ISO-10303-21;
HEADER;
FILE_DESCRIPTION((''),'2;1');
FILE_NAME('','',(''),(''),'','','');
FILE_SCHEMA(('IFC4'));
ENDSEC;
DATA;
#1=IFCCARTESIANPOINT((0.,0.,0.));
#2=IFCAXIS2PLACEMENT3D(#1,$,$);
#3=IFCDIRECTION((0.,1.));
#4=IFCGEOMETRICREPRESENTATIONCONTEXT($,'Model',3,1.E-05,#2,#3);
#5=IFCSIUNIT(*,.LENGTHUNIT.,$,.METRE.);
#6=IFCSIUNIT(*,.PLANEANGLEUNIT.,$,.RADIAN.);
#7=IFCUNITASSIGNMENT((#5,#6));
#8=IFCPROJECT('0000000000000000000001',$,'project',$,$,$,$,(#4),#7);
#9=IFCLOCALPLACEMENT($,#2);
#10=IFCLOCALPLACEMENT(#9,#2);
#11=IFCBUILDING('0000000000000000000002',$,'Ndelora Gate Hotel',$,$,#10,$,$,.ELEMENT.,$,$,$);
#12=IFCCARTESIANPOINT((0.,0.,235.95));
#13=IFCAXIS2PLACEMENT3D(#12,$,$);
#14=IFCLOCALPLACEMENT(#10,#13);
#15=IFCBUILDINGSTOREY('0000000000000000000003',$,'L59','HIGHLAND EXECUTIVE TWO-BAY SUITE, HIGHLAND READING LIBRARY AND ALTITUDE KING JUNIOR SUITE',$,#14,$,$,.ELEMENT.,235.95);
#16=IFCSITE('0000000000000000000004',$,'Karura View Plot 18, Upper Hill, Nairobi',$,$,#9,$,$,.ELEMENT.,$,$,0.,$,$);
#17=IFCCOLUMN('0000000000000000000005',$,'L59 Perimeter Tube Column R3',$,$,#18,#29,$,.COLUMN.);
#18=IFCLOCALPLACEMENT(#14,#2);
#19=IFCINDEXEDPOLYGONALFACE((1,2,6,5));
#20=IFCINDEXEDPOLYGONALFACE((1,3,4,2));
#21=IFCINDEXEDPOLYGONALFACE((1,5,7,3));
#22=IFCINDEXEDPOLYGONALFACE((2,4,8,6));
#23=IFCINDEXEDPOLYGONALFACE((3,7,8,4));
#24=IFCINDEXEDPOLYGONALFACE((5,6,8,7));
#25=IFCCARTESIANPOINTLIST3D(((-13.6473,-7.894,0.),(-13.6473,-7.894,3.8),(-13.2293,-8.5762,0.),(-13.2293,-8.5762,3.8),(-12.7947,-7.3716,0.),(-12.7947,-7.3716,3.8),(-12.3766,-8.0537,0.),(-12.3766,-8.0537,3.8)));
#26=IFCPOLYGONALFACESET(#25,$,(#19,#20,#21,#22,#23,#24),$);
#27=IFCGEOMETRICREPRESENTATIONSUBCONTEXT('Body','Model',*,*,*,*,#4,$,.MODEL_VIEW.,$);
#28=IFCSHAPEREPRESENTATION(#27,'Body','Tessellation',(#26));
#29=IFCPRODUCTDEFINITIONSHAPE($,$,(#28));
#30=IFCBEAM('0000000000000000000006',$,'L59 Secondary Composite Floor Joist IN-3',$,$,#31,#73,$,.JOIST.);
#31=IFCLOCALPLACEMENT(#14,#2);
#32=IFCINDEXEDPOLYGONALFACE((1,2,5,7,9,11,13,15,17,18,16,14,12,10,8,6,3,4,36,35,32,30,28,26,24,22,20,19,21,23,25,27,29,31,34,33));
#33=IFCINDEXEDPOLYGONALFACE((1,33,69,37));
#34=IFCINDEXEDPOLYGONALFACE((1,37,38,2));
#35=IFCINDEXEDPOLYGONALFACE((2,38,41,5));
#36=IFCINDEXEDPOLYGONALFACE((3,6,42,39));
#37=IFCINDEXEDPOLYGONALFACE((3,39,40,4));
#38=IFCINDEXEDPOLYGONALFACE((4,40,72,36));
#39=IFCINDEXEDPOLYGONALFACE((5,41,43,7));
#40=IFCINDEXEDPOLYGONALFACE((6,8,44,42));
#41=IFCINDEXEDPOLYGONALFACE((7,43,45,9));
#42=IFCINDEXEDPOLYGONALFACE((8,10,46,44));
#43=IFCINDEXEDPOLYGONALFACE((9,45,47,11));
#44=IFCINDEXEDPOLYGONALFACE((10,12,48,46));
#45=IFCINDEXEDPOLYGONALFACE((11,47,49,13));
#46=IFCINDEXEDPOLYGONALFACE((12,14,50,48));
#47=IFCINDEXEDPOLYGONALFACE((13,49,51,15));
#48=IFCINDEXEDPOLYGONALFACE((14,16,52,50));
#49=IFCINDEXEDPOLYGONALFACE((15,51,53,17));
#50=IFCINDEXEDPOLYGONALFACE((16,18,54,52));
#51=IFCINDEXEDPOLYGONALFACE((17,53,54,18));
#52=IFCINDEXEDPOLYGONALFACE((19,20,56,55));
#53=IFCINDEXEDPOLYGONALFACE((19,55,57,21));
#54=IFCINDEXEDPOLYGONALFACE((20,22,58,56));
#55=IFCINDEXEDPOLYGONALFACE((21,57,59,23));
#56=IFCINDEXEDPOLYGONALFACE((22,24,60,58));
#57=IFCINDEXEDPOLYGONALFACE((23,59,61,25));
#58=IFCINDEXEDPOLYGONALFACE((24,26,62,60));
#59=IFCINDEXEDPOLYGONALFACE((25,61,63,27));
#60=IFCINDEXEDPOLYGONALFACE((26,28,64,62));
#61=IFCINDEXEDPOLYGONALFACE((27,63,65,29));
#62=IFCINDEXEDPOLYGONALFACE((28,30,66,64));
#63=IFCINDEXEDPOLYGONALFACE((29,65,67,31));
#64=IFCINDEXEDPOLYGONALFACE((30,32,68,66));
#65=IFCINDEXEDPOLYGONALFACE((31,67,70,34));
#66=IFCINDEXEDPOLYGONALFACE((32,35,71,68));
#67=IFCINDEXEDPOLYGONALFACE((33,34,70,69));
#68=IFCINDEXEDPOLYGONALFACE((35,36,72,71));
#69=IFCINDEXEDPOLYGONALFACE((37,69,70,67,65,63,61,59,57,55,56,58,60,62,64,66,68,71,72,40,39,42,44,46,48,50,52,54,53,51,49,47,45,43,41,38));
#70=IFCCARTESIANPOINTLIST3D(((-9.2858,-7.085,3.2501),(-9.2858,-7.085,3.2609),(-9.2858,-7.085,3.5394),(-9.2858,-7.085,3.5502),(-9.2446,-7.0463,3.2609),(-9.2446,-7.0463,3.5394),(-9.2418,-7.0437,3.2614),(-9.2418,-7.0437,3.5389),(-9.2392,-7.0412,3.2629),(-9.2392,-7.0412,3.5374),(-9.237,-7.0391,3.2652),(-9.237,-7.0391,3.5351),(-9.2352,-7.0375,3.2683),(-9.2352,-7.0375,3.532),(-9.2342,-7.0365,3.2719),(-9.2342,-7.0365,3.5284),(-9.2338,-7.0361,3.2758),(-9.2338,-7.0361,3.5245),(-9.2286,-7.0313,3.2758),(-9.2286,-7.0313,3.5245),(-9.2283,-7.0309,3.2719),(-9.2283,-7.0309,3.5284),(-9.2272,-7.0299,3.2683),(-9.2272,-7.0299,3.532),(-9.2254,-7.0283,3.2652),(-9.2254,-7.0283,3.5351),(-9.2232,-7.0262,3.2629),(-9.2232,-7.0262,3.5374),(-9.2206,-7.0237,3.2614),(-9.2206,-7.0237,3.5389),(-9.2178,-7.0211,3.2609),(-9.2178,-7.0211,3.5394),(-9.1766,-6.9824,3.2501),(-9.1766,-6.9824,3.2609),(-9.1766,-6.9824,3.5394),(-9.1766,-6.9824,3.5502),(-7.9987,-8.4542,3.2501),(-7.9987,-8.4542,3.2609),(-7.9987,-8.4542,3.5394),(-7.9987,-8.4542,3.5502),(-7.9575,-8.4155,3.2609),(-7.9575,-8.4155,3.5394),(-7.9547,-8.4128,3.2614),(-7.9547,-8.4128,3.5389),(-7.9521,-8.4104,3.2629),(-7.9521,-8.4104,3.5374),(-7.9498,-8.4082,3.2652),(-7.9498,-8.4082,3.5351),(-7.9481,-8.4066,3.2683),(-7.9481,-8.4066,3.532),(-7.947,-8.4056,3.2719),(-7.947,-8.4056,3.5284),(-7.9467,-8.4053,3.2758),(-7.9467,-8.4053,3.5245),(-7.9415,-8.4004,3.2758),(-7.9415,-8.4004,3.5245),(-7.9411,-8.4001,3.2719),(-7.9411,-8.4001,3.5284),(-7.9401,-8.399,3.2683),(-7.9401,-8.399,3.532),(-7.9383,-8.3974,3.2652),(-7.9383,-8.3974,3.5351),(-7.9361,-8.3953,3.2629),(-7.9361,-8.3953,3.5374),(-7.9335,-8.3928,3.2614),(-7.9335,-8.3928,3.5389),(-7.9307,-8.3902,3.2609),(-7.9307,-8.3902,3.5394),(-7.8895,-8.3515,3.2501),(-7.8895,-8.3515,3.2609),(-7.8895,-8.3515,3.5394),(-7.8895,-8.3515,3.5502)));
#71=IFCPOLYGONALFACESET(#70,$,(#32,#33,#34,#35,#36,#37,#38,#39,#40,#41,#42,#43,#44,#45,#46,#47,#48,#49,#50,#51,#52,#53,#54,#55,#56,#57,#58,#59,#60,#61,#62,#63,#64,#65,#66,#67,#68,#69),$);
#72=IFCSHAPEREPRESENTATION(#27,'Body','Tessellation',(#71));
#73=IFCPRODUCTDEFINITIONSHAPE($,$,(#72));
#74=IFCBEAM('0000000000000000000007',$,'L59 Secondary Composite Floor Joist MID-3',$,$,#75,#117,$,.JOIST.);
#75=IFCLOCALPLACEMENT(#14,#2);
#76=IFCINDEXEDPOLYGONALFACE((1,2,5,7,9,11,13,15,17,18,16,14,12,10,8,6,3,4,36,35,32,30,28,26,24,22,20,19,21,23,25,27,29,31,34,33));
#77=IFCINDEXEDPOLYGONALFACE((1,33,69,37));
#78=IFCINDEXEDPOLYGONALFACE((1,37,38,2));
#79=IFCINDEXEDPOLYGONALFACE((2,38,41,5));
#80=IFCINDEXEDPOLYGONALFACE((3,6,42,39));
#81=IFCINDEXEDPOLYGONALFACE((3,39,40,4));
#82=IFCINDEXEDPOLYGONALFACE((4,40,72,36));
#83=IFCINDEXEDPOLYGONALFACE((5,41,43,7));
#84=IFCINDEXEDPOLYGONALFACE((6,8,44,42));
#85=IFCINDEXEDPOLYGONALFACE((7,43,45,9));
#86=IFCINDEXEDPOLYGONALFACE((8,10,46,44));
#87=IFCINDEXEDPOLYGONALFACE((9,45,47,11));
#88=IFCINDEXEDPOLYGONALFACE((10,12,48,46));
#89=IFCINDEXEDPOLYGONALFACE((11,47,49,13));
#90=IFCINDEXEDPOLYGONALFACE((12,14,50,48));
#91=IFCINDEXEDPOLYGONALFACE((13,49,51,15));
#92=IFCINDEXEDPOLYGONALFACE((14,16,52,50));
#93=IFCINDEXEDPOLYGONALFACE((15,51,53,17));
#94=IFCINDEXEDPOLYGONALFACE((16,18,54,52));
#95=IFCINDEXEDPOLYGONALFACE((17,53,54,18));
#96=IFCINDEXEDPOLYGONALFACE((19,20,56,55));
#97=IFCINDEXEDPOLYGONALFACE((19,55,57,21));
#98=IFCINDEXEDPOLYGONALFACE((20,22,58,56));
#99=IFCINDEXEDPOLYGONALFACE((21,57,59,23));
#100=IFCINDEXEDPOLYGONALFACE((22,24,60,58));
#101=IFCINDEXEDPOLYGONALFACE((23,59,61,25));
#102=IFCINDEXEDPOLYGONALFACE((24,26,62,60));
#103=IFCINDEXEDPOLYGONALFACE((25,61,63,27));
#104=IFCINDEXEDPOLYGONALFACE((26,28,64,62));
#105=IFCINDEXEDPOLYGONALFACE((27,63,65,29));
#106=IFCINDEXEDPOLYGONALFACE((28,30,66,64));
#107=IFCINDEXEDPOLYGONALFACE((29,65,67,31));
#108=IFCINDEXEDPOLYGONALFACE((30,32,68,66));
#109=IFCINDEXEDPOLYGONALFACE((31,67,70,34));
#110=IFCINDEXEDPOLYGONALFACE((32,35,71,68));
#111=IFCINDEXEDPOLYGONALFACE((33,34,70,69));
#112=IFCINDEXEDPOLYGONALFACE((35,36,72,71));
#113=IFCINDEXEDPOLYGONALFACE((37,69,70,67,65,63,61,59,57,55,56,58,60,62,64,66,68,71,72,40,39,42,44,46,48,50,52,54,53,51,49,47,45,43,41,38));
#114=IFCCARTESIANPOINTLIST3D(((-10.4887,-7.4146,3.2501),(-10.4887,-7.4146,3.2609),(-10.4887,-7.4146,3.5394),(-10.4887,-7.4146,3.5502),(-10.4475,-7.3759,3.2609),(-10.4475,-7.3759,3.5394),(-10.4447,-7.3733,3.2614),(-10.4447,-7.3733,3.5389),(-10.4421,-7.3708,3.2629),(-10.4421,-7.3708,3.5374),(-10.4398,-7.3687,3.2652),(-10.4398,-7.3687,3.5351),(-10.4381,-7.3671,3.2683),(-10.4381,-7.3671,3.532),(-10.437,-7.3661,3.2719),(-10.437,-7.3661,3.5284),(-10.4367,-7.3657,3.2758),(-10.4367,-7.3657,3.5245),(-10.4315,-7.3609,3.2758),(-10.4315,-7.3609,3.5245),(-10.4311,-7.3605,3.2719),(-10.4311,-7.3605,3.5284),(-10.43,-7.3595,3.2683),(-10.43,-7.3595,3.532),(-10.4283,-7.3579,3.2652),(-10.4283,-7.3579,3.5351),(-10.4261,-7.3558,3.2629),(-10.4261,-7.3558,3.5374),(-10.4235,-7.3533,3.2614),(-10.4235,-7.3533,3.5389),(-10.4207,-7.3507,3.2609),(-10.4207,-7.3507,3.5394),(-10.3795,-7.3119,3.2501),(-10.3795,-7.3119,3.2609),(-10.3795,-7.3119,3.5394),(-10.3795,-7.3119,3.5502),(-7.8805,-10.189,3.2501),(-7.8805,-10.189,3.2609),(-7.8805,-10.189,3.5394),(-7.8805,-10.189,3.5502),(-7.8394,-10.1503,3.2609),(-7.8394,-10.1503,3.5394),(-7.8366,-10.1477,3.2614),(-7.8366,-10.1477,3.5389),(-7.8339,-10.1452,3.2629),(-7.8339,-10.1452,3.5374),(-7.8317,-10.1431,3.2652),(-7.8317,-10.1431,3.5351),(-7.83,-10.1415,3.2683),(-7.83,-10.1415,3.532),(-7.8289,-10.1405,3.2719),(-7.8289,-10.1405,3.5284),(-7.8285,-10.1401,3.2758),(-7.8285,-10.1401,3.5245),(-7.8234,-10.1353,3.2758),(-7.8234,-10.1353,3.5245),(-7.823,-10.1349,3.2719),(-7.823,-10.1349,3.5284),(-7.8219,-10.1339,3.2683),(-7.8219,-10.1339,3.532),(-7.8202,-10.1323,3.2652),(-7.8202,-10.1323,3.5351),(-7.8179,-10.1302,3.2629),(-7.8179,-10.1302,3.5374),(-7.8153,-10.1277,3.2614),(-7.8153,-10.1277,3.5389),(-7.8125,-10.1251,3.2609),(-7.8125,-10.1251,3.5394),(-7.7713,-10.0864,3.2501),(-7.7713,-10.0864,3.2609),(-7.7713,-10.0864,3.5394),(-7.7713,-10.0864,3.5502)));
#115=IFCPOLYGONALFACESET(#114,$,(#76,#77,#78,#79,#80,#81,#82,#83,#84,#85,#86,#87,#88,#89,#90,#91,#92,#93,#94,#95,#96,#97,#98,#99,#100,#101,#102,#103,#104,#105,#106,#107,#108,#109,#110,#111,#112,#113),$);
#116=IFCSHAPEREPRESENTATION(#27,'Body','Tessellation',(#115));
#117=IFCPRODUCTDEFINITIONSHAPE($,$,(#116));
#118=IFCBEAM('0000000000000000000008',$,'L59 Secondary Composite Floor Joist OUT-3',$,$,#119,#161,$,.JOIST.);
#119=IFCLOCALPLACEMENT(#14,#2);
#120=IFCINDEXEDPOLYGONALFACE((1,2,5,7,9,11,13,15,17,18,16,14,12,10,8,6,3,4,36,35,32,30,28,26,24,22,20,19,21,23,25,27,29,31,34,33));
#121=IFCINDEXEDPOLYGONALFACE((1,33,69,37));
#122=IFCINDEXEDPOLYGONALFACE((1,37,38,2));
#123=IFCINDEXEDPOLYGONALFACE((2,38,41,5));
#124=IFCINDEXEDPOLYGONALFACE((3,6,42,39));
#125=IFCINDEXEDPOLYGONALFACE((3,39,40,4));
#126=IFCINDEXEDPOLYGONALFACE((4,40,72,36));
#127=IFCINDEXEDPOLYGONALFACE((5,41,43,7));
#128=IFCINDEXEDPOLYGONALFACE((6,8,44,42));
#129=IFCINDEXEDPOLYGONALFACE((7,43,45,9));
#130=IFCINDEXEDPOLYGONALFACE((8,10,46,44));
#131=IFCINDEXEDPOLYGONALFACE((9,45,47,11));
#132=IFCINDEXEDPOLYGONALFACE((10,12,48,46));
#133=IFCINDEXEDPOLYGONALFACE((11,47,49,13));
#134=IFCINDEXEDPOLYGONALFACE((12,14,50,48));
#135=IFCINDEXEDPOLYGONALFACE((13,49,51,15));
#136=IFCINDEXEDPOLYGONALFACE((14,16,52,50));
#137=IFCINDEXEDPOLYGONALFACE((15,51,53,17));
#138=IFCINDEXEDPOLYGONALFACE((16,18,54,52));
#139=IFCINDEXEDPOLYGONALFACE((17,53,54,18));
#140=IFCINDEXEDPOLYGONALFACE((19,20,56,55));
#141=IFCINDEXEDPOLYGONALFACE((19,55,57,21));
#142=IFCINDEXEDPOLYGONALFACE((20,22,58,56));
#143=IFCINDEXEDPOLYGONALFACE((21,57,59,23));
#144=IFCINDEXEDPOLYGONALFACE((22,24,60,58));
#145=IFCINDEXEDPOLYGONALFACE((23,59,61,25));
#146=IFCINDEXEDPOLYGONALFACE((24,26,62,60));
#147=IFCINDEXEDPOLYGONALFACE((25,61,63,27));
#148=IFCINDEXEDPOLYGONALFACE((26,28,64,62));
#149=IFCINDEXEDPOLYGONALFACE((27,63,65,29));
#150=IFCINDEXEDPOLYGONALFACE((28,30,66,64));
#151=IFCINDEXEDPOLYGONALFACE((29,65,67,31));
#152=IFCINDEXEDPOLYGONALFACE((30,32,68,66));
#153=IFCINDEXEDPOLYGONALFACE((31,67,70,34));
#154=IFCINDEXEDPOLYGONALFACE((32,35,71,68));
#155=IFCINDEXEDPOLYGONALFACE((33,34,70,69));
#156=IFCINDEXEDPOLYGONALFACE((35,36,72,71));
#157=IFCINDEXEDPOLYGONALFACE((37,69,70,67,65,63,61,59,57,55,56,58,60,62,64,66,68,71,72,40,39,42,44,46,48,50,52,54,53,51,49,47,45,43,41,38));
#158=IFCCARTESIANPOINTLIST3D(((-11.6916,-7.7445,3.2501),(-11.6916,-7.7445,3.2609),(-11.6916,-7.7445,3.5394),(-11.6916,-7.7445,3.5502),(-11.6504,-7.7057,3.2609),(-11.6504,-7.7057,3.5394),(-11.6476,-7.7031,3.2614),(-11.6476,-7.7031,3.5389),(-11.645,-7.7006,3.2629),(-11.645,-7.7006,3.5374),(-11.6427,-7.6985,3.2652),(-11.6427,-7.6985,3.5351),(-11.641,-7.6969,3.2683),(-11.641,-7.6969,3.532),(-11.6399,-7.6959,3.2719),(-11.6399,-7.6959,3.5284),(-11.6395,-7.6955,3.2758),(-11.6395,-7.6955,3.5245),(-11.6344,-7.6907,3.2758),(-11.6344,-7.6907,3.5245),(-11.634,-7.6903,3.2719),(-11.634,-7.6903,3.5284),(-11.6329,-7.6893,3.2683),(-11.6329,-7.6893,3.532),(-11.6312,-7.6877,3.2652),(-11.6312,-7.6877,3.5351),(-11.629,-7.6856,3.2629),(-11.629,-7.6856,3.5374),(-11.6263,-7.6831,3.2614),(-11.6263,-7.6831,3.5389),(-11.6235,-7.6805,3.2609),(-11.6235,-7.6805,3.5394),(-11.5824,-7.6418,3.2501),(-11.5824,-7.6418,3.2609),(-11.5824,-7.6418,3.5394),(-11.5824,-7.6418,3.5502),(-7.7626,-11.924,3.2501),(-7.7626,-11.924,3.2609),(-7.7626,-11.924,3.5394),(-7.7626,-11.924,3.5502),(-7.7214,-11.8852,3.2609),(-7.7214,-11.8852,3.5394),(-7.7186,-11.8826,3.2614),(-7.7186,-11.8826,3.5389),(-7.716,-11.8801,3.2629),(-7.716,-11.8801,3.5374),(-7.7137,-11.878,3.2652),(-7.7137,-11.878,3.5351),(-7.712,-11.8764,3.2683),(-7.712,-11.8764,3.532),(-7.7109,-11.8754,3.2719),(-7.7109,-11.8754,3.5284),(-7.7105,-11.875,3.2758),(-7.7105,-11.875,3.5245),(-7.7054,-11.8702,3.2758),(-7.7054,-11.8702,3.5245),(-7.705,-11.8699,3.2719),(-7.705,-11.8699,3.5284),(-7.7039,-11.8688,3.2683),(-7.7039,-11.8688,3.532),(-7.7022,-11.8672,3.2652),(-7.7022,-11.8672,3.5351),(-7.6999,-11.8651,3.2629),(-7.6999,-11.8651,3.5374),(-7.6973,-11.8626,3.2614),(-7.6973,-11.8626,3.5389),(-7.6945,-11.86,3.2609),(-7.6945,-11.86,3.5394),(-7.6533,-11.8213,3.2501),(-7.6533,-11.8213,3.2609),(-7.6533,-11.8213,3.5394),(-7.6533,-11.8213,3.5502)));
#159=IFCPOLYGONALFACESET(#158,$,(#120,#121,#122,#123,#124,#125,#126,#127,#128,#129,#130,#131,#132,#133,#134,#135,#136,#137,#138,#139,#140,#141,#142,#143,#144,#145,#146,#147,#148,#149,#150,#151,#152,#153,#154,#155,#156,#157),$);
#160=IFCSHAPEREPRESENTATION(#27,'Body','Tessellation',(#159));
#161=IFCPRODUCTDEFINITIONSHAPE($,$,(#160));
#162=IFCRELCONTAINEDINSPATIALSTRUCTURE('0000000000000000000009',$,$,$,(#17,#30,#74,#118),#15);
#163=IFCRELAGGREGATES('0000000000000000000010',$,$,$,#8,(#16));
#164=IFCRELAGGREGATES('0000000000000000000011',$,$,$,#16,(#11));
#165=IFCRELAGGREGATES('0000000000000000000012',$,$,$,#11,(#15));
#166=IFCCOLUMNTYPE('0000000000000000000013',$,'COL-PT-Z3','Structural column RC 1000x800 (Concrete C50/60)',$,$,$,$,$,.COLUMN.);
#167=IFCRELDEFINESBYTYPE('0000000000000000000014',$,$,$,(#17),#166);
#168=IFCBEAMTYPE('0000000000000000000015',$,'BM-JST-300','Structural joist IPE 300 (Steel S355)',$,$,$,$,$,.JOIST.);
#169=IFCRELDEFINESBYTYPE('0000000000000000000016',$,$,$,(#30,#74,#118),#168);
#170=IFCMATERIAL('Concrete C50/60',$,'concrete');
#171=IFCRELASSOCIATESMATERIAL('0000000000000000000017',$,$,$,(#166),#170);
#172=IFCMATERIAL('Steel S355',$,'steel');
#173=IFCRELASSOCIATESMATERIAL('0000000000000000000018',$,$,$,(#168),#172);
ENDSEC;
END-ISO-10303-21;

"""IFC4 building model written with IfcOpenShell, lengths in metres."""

from ifc_helpers import new_model, si_unit, direction, frame, origin, origin_2d, place, context, subcontext, project, spatial, rectangle, i_section, extrude, material, material_profile, profile_set, type_object, element, save


model = new_model("IFC4")

# Units and contexts
model_context = context("Model", 3, precision=1e-05, world=origin(), true_north=direction((0.0, 1.0)))
body_context = subcontext(model_context, "Body", "Model", "MODEL_VIEW")
ifc_project = project(units=[si_unit("LENGTHUNIT", "METRE"), si_unit("PLANEANGLEUNIT", "RADIAN")], contexts=[model_context])

# Site, building, storey
site_placement = place(None, origin())
site = spatial("IfcSite", under=ifc_project, at=site_placement, Name="Karura View Plot 18, Upper Hill, Nairobi", CompositionType="ELEMENT", RefElevation=0.0)
building_placement = place(site_placement, origin())
building = spatial("IfcBuilding", under=site, at=building_placement, Name="Ndelora Gate Hotel", CompositionType="ELEMENT")
storey_placement = place(building_placement, frame((0.0, 0.0, 235.95)))
storey = spatial("IfcBuildingStorey", under=building, at=storey_placement, Name="L59", Description="HIGHLAND EXECUTIVE TWO-BAY SUITE, HIGHLAND READING LIBRARY AND ALTITUDE KING JUNIOR SUITE", CompositionType="ELEMENT", Elevation=235.95)

# Column
ifc_material_1 = material(Name="Concrete C50/60", Category="concrete")
ifc_material_profile_1 = material_profile(ifc_material_1, rectangle(XDim=0.8, YDim=1.0, at=origin_2d()), Name="RC 1000x800")
ifc_profile_set_1 = profile_set([ifc_material_profile_1], Name="Concrete C50/60")
column_type = type_object("IfcColumnType", Name="COL-PT-Z3", Description="Structural column RC 1000x800 (Concrete C50/60)", PredefinedType="COLUMN", material=ifc_profile_set_1)
column_placement = place(storey_placement, frame((-13.012, -7.9739, 0.0), z_axis=(0.0, 0.0, 1.0), x_axis=(-0.522499, 0.85264, 0.0)))
element("IfcColumn", 1, at=column_placement, inside=storey, type_object=column_type, Name="L59 Perimeter Tube Column R3", PredefinedType="COLUMN", context=body_context, shape_type="SweptSolid", body=[
    extrude(rectangle(XDim=0.8, YDim=1.0, at=origin_2d()), origin(), (0.0, 0.0, 1.0), 3.8),
])

# Beams
ifc_material_2 = material(Name="Steel S355", Category="steel")
ifc_material_profile_2 = material_profile(ifc_material_2, i_section(OverallWidth=0.1499, OverallDepth=0.3, WebThickness=0.0071, FlangeThickness=0.0107, FilletRadius=0.0149, at=origin_2d()), Name="IPE 300")
ifc_profile_set_2 = profile_set([ifc_material_profile_2], Name="Steel S355")
beam_type_1 = type_object("IfcBeamType", Name="BM-JST-300", Description="Structural joist IPE 300 (Steel S355)", PredefinedType="JOIST", material=ifc_profile_set_2)
beam_1_placement = place(storey_placement, frame((-9.2312, -7.0337, 3.4001), z_axis=(0.684943, -0.728597, 0.0), x_axis=(0.728597, 0.684943, 0.0)))
element("IfcBeam", 2, at=beam_1_placement, inside=storey, type_object=beam_type_1, Name="L59 Secondary Composite Floor Joist IN-3", PredefinedType="JOIST", context=body_context, shape_type="SweptSolid", body=[
    extrude(i_section(OverallWidth=0.1499, OverallDepth=0.3, WebThickness=0.0071, FlangeThickness=0.0107, FilletRadius=0.0149, at=origin_2d()), origin(), (0.0, 0.0, 1.0), 1.8792),
])
beam_2_placement = place(storey_placement, frame((-10.4341, -7.3633, 3.4001), z_axis=(0.684939, -0.728601, 0.0), x_axis=(0.728601, 0.684939, 0.0)))
element("IfcBeam", 3, at=beam_2_placement, inside=storey, type_object=beam_type_1, Name="L59 Secondary Composite Floor Joist MID-3", PredefinedType="JOIST", context=body_context, shape_type="SweptSolid", body=[
    extrude(i_section(OverallWidth=0.1499, OverallDepth=0.3, WebThickness=0.0071, FlangeThickness=0.0107, FilletRadius=0.0149, at=origin_2d()), origin(), (0.0, 0.0, 1.0), 3.8079),
])
beam_3_placement = place(storey_placement, frame((-11.637, -7.6931, 3.4001), z_axis=(0.684936, -0.728603, 0.0), x_axis=(0.728603, 0.684936, 0.0)))
element("IfcBeam", 4, at=beam_3_placement, inside=storey, type_object=beam_type_1, Name="L59 Secondary Composite Floor Joist OUT-3", PredefinedType="JOIST", context=body_context, shape_type="SweptSolid", body=[
    extrude(i_section(OverallWidth=0.1499, OverallDepth=0.3, WebThickness=0.0071, FlangeThickness=0.0107, FilletRadius=0.0149, at=origin_2d()), origin(), (0.0, 0.0, 1.0), 5.7363),
])

save(model, "model.ifc")
